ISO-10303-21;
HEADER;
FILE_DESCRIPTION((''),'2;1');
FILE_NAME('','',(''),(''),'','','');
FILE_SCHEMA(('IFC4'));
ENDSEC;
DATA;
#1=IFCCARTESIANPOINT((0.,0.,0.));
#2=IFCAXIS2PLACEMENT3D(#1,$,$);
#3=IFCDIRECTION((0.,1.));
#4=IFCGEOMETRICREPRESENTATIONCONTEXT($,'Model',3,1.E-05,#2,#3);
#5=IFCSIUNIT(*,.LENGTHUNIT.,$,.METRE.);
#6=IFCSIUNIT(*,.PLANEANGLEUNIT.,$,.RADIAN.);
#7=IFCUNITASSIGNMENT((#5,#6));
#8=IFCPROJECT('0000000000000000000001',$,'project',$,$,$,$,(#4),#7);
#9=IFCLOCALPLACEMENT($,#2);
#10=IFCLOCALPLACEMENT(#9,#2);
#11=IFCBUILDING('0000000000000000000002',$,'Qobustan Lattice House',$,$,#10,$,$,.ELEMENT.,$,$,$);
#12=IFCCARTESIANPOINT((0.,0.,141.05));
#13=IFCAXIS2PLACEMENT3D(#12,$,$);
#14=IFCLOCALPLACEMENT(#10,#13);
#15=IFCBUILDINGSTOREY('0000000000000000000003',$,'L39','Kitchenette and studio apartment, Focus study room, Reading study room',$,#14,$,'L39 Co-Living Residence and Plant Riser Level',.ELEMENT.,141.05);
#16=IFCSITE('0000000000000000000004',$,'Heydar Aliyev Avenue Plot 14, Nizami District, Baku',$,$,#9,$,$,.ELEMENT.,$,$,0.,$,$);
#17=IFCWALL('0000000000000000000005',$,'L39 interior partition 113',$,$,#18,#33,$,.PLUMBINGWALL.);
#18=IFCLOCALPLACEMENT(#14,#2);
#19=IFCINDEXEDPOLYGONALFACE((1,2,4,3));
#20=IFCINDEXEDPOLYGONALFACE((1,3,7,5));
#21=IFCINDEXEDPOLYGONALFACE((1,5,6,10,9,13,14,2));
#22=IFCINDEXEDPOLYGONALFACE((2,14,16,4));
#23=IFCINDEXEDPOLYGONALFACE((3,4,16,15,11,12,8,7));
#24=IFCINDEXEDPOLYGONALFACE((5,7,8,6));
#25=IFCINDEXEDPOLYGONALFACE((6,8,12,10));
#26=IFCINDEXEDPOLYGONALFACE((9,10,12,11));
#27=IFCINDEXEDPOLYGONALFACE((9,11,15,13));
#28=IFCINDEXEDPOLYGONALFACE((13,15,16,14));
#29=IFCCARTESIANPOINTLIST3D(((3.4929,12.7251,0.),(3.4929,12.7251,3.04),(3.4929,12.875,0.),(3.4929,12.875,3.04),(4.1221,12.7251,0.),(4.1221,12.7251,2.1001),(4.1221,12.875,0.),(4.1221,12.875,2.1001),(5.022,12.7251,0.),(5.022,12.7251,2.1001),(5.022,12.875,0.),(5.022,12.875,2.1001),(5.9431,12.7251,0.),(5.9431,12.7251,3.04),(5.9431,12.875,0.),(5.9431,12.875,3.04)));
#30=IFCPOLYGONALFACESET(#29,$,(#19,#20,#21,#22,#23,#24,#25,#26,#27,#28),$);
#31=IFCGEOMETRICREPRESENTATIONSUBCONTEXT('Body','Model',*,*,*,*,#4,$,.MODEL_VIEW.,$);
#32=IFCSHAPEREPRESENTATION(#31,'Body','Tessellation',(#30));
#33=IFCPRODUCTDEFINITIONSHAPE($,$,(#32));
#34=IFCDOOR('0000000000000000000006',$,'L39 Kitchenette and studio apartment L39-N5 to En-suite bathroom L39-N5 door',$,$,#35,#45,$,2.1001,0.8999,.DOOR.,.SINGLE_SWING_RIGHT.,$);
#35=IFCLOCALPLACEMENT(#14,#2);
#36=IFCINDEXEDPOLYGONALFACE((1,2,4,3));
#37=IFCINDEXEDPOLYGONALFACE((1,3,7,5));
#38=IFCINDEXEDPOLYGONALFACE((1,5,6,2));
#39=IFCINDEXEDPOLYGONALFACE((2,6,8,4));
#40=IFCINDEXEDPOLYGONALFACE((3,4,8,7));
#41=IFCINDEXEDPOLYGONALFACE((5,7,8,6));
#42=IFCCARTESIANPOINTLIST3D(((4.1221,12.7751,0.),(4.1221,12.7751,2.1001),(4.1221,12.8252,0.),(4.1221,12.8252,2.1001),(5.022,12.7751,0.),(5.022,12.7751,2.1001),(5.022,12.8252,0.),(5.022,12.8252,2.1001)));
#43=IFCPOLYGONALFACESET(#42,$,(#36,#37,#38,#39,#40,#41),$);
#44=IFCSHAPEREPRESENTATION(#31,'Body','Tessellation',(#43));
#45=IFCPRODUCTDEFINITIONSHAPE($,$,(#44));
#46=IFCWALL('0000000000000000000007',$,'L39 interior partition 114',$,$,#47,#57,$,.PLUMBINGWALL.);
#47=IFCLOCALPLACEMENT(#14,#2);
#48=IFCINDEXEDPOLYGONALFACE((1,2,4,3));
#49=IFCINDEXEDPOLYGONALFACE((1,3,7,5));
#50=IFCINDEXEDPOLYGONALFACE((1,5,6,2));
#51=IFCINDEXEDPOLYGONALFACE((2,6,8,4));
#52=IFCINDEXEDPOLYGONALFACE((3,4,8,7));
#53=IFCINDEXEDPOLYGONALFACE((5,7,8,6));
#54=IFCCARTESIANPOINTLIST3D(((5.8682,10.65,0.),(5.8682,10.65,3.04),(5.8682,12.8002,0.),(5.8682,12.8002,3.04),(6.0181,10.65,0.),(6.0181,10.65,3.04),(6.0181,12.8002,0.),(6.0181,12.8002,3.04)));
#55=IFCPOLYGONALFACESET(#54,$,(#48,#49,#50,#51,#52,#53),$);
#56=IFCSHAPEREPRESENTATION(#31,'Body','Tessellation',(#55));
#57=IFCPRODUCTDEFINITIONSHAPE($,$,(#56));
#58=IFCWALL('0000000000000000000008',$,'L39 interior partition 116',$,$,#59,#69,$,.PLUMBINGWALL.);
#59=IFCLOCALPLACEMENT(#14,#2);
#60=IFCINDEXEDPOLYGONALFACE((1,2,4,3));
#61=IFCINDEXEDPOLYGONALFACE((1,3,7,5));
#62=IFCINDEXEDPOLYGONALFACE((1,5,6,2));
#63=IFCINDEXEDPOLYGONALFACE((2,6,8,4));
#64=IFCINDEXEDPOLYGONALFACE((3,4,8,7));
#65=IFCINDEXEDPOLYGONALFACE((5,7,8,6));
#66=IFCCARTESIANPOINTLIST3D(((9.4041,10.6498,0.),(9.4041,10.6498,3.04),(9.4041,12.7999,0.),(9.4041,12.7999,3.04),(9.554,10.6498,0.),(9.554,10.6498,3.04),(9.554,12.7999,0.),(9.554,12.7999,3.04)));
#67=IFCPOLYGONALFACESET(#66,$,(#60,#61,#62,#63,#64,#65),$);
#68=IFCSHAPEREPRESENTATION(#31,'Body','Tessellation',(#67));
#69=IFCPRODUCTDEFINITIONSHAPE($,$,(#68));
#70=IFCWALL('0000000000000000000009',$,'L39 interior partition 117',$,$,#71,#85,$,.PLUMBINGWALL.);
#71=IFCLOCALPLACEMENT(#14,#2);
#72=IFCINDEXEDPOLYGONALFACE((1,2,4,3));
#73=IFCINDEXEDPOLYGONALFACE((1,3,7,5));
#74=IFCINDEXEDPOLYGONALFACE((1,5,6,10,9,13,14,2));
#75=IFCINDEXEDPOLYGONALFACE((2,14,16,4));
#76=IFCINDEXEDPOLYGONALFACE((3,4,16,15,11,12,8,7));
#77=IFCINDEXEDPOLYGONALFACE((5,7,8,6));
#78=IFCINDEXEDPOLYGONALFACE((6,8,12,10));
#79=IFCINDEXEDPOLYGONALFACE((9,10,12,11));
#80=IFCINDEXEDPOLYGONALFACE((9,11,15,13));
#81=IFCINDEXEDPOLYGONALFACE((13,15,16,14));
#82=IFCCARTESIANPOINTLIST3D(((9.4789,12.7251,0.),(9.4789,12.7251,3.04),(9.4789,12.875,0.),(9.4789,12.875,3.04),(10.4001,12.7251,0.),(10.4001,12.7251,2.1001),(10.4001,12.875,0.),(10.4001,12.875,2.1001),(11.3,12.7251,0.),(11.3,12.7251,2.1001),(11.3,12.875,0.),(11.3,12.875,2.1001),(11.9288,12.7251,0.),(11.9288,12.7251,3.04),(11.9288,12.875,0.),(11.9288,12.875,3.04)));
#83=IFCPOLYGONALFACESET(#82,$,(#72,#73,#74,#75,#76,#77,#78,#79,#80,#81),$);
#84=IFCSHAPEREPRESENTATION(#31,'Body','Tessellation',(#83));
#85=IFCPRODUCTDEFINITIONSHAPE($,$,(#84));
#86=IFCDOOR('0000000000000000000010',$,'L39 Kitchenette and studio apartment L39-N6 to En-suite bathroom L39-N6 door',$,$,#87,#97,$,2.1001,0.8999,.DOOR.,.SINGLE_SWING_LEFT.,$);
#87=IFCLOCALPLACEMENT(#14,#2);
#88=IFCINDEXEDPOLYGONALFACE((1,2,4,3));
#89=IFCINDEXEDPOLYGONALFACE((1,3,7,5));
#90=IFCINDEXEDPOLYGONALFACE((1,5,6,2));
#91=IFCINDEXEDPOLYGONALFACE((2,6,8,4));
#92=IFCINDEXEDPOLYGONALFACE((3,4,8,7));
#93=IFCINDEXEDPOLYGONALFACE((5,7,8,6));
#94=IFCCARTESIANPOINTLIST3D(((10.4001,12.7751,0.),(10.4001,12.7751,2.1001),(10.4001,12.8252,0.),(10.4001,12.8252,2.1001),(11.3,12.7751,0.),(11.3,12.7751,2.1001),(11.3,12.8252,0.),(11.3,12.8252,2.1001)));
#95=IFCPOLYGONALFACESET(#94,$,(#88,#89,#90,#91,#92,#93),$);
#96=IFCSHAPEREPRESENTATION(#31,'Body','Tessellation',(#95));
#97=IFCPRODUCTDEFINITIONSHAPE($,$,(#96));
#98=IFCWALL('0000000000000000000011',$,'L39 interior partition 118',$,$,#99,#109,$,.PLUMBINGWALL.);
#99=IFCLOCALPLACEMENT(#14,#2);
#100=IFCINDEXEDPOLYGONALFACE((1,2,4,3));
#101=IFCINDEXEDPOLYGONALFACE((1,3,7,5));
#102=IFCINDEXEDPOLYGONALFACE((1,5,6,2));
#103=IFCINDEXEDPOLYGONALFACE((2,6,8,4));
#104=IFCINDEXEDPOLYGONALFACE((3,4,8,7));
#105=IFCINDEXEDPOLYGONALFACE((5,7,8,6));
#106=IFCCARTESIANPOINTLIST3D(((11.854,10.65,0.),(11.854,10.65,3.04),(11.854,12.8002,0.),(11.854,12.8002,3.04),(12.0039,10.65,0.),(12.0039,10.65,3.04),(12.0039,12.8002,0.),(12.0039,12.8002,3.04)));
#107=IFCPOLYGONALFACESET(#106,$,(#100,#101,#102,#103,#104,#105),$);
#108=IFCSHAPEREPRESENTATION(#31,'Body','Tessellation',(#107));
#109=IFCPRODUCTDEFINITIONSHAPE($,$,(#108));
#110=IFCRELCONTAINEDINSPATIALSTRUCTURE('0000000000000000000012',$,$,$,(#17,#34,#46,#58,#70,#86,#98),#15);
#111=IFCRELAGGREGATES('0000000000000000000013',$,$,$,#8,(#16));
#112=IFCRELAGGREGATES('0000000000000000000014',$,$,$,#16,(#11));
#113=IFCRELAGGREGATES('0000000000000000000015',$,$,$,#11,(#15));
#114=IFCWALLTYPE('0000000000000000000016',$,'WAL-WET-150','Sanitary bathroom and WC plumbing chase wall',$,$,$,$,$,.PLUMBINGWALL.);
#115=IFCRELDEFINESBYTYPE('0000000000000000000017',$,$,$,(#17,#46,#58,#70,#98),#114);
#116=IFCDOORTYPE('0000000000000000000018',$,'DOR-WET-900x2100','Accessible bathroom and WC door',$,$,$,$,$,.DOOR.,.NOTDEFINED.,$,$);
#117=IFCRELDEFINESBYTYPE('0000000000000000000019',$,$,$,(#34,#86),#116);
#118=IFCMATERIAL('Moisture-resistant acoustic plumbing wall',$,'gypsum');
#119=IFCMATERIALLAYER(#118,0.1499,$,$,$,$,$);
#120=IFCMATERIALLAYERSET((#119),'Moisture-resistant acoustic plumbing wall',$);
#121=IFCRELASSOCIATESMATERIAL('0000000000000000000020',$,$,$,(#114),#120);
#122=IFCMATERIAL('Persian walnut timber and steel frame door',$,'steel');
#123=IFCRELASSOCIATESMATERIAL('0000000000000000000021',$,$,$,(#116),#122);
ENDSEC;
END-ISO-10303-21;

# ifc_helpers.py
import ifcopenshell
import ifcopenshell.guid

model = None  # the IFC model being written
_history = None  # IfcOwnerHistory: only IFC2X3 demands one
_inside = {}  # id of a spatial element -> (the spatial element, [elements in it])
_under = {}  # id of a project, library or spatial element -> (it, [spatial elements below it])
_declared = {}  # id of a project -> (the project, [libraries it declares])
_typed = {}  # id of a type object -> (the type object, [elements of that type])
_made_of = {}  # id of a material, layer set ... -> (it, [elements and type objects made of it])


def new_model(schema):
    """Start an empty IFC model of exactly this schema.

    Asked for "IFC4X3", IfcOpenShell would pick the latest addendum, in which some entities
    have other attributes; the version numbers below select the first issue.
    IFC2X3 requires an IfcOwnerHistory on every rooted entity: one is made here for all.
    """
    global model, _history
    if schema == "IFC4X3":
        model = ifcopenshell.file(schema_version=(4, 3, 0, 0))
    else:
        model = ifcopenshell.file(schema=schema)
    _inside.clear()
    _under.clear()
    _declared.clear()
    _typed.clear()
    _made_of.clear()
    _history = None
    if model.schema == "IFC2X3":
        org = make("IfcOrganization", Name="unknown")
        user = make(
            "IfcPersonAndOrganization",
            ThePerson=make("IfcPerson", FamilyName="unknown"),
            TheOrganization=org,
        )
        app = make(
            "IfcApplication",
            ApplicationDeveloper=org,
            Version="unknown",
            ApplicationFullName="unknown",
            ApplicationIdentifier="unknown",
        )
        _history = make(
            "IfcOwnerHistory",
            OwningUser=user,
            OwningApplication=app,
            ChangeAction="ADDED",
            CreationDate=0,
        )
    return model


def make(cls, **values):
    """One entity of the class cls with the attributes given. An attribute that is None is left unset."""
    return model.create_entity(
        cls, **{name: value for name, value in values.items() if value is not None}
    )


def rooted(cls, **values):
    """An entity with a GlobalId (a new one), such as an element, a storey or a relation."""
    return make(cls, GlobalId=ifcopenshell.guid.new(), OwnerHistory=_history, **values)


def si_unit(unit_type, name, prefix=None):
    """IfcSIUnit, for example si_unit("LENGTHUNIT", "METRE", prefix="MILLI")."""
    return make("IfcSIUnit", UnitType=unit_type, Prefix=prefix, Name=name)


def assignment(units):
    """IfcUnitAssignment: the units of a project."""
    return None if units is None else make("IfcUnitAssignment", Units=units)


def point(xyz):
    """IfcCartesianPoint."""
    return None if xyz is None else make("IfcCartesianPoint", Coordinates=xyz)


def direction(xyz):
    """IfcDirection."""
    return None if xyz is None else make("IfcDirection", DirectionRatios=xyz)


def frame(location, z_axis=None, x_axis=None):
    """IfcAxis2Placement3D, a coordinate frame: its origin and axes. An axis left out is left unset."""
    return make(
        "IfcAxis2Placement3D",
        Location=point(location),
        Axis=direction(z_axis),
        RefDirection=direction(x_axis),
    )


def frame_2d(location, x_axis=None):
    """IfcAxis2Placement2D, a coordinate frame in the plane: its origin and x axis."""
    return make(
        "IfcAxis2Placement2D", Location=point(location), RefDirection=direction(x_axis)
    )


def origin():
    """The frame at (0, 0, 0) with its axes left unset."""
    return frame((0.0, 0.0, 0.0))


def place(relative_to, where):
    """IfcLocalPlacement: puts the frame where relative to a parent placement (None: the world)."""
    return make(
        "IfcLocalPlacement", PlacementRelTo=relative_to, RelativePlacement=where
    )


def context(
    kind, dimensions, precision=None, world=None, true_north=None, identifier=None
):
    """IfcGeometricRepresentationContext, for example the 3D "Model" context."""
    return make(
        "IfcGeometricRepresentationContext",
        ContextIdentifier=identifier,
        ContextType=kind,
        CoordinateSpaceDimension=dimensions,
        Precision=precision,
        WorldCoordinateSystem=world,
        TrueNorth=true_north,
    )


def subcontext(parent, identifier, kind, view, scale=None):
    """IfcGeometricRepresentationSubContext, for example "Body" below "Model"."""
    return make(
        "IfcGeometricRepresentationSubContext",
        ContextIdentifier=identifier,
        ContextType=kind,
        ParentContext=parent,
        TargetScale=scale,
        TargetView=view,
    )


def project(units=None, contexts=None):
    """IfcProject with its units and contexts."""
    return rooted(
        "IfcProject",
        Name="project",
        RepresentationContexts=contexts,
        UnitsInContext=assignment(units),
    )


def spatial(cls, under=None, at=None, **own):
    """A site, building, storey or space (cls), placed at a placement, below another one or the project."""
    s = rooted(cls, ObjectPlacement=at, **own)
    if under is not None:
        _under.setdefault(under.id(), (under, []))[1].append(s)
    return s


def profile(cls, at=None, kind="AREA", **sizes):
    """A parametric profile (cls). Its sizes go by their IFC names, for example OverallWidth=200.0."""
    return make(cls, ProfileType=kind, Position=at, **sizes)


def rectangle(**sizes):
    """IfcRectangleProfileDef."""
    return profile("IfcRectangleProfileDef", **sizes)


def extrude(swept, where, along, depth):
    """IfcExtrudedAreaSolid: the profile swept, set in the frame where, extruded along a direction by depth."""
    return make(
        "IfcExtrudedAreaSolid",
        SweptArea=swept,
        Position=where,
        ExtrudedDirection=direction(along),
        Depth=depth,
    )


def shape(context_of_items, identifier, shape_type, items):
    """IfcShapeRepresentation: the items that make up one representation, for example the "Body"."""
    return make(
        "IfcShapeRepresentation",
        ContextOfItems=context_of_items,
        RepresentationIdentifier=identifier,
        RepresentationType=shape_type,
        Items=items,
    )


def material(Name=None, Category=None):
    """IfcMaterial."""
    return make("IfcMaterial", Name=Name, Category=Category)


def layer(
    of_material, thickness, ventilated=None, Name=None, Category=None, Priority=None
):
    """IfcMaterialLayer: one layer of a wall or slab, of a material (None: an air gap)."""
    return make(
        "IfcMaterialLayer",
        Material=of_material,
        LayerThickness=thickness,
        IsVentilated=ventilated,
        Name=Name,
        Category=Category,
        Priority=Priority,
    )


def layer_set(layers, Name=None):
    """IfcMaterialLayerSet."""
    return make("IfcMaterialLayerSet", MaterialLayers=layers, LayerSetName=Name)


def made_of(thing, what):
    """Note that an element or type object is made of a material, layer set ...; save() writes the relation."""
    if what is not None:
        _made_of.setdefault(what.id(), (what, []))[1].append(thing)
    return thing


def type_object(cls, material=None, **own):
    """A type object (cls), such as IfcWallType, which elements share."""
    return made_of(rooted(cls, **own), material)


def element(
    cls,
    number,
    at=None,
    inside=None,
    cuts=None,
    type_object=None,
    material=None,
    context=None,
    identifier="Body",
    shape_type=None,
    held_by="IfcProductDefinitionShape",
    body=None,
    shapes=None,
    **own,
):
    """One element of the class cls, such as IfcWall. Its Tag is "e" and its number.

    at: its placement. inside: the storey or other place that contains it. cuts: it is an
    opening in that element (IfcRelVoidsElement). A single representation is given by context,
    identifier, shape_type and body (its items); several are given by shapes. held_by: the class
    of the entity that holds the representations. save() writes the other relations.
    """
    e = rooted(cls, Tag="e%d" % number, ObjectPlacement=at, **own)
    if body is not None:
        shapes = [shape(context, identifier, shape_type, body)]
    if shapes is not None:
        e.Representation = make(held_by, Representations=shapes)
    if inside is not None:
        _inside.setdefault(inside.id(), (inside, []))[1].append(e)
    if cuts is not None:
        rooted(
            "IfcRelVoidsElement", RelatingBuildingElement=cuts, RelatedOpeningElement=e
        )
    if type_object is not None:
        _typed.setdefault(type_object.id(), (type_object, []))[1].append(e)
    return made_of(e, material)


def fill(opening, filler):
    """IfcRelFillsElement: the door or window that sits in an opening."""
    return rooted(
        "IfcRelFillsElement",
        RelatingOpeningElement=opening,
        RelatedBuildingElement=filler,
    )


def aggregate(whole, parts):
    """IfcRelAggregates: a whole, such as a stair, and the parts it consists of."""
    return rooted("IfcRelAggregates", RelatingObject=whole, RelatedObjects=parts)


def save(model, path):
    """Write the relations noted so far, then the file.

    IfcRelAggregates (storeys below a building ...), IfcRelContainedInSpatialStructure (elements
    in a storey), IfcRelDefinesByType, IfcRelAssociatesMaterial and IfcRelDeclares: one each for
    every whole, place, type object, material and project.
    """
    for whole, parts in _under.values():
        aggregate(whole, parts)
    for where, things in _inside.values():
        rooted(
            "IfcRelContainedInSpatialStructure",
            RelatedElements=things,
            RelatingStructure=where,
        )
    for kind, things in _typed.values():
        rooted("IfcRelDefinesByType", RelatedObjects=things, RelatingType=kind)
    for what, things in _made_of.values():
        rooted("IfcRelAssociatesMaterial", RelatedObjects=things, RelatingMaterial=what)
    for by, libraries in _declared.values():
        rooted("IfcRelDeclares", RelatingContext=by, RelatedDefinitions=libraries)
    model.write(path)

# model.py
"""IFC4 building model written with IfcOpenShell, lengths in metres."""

from ifc_helpers import new_model, si_unit, direction, frame, frame_2d, origin, place, context, subcontext, project, spatial, rectangle, extrude, material, layer, layer_set, type_object, element, fill, save


model = new_model("IFC4")

# Units and contexts
model_context = context("Model", 3, precision=1e-05, world=origin(), true_north=direction((0.0, 1.0)))
body_context = subcontext(model_context, "Body", "Model", "MODEL_VIEW")
ifc_project = project(units=[si_unit("LENGTHUNIT", "METRE"), si_unit("PLANEANGLEUNIT", "RADIAN")], contexts=[model_context])

# Site, building, storey
site_placement = place(None, origin())
site = spatial("IfcSite", under=ifc_project, at=site_placement, Name="Heydar Aliyev Avenue Plot 14, Nizami District, Baku", CompositionType="ELEMENT", RefElevation=0.0)
building_placement = place(site_placement, origin())
building = spatial("IfcBuilding", under=site, at=building_placement, Name="Qobustan Lattice House", CompositionType="ELEMENT")
storey_placement = place(building_placement, frame((0.0, 0.0, 141.05)))
storey = spatial("IfcBuildingStorey", under=building, at=storey_placement, Name="L39", Description="Kitchenette and studio apartment, Focus study room, Reading study room", LongName="L39 Co-Living Residence and Plant Riser Level", CompositionType="ELEMENT", Elevation=141.05)

# Shared definitions
ifc_material_1 = material(Name="Moisture-resistant acoustic plumbing wall", Category="gypsum")
ifc_layer_1 = layer(ifc_material_1, 0.1499)
ifc_layer_set_1 = layer_set([ifc_layer_1], Name="Moisture-resistant acoustic plumbing wall")
wall_type_1 = type_object("IfcWallType", Name="WAL-WET-150", Description="Sanitary bathroom and WC plumbing chase wall", PredefinedType="PLUMBINGWALL", material=ifc_layer_set_1)

# Wall, opening, door
wall_1_placement = place(storey_placement, frame((5.9431, 12.8, 0.0), z_axis=(0.0, 0.0, 1.0), x_axis=(-1.0, 0.0, 0.0)))
wall_1 = element("IfcWall", 1, at=wall_1_placement, inside=storey, type_object=wall_type_1, Name="L39 interior partition 113", PredefinedType="PLUMBINGWALL", context=body_context, shape_type="SweptSolid", body=[
    extrude(rectangle(XDim=2.4502, YDim=0.1499, at=frame_2d((1.2251, 0.0))), origin(), (0.0, 0.0, 1.0), 3.04),
])
opening_1_placement = place(wall_1_placement, frame((0.9211, 0.0, 0.0)))
opening_1 = element("IfcOpeningElement", 2, at=opening_1_placement, cuts=wall_1, PredefinedType="OPENING", context=body_context, shape_type="SweptSolid", body=[
    extrude(rectangle(XDim=0.8999, YDim=2.1001, at=frame_2d((0.45, 1.05))), frame((0.0, 0.085, 0.0), z_axis=(0.0, -1.0, 0.0), x_axis=(1.0, 0.0, 0.0)), (0.0, 0.0, 1.0), 0.1699),
])
ifc_material_2 = material(Name="Persian walnut timber and steel frame door", Category="steel")
door_type_1 = type_object("IfcDoorType", Name="DOR-WET-900x2100", Description="Accessible bathroom and WC door", OperationType="NOTDEFINED", PredefinedType="DOOR", material=ifc_material_2)
door_1_placement = place(opening_1_placement, origin())
door_1 = element("IfcDoor", 3, at=door_1_placement, inside=storey, type_object=door_type_1, Name="L39 Kitchenette and studio apartment L39-N5 to En-suite bathroom L39-N5 door", OperationType="SINGLE_SWING_RIGHT", OverallHeight=2.1001, OverallWidth=0.8999, PredefinedType="DOOR", context=body_context, shape_type="SweptSolid", body=[
    extrude(rectangle(XDim=0.8999, YDim=2.1001, at=frame_2d((0.45, 1.05))), frame((0.0, 0.0249, 0.0), z_axis=(0.0, -1.0, 0.0), x_axis=(1.0, 0.0, 0.0)), (0.0, 0.0, 1.0), 0.05),
])
fill(opening_1, door_1)

# Walls
for number, where, z_axis, x_axis, name in (
    (4, (5.9431, 10.6499, 0.0), (0.0, 0.0, 1.0), (0.0, 1.0, 0.0), "L39 interior partition 114"),
    (5, (9.479, 12.8, 0.0), (0.0, 0.0, 1.0), (0.0, -1.0, 0.0), "L39 interior partition 116"),
):
    element("IfcWall", number, at=place(storey_placement, frame(where, z_axis=z_axis, x_axis=x_axis)), inside=storey, type_object=wall_type_1, Name=name, PredefinedType="PLUMBINGWALL", context=body_context, shape_type="SweptSolid", body=[
        extrude(rectangle(XDim=2.1501, YDim=0.1499, at=frame_2d((1.0752, 0.0))), origin(), (0.0, 0.0, 1.0), 3.04),
    ])

# Wall, opening, door
wall_2_placement = place(storey_placement, frame((11.929, 12.8, 0.0), z_axis=(0.0, 0.0, 1.0), x_axis=(-1.0, 0.0, 0.0)))
wall_2 = element("IfcWall", 6, at=wall_2_placement, inside=storey, type_object=wall_type_1, Name="L39 interior partition 117", PredefinedType="PLUMBINGWALL", context=body_context, shape_type="SweptSolid", body=[
    extrude(rectangle(XDim=2.45, YDim=0.1499, at=frame_2d((1.2251, 0.0))), origin(), (0.0, 0.0, 1.0), 3.04),
])
opening_2_placement = place(wall_2_placement, frame((0.6289, 0.0, 0.0)))
opening_2 = element("IfcOpeningElement", 7, at=opening_2_placement, cuts=wall_2, PredefinedType="OPENING", context=body_context, shape_type="SweptSolid", body=[
    extrude(rectangle(XDim=0.8999, YDim=2.1001, at=frame_2d((0.45, 1.05))), frame((0.0, 0.085, 0.0), z_axis=(0.0, -1.0, 0.0), x_axis=(1.0, 0.0, 0.0)), (0.0, 0.0, 1.0), 0.1699),
])
door_2_placement = place(opening_2_placement, origin())
door_2 = element("IfcDoor", 8, at=door_2_placement, inside=storey, type_object=door_type_1, Name="L39 Kitchenette and studio apartment L39-N6 to En-suite bathroom L39-N6 door", OperationType="SINGLE_SWING_LEFT", OverallHeight=2.1001, OverallWidth=0.8999, PredefinedType="DOOR", context=body_context, shape_type="SweptSolid", body=[
    extrude(rectangle(XDim=0.8999, YDim=2.1001, at=frame_2d((0.45, 1.05))), frame((0.0, 0.0249, 0.0), z_axis=(0.0, -1.0, 0.0), x_axis=(1.0, 0.0, 0.0)), (0.0, 0.0, 1.0), 0.05),
])
fill(opening_2, door_2)

# Wall
wall_3_placement = place(storey_placement, frame((11.929, 10.6499, 0.0), z_axis=(0.0, 0.0, 1.0), x_axis=(0.0, 1.0, 0.0)))
element("IfcWall", 9, at=wall_3_placement, inside=storey, type_object=wall_type_1, Name="L39 interior partition 118", PredefinedType="PLUMBINGWALL", context=body_context, shape_type="SweptSolid", body=[
    extrude(rectangle(XDim=2.1501, YDim=0.1499, at=frame_2d((1.0752, 0.0))), origin(), (0.0, 0.0, 1.0), 3.04),
])

save(model, "model.ifc")
